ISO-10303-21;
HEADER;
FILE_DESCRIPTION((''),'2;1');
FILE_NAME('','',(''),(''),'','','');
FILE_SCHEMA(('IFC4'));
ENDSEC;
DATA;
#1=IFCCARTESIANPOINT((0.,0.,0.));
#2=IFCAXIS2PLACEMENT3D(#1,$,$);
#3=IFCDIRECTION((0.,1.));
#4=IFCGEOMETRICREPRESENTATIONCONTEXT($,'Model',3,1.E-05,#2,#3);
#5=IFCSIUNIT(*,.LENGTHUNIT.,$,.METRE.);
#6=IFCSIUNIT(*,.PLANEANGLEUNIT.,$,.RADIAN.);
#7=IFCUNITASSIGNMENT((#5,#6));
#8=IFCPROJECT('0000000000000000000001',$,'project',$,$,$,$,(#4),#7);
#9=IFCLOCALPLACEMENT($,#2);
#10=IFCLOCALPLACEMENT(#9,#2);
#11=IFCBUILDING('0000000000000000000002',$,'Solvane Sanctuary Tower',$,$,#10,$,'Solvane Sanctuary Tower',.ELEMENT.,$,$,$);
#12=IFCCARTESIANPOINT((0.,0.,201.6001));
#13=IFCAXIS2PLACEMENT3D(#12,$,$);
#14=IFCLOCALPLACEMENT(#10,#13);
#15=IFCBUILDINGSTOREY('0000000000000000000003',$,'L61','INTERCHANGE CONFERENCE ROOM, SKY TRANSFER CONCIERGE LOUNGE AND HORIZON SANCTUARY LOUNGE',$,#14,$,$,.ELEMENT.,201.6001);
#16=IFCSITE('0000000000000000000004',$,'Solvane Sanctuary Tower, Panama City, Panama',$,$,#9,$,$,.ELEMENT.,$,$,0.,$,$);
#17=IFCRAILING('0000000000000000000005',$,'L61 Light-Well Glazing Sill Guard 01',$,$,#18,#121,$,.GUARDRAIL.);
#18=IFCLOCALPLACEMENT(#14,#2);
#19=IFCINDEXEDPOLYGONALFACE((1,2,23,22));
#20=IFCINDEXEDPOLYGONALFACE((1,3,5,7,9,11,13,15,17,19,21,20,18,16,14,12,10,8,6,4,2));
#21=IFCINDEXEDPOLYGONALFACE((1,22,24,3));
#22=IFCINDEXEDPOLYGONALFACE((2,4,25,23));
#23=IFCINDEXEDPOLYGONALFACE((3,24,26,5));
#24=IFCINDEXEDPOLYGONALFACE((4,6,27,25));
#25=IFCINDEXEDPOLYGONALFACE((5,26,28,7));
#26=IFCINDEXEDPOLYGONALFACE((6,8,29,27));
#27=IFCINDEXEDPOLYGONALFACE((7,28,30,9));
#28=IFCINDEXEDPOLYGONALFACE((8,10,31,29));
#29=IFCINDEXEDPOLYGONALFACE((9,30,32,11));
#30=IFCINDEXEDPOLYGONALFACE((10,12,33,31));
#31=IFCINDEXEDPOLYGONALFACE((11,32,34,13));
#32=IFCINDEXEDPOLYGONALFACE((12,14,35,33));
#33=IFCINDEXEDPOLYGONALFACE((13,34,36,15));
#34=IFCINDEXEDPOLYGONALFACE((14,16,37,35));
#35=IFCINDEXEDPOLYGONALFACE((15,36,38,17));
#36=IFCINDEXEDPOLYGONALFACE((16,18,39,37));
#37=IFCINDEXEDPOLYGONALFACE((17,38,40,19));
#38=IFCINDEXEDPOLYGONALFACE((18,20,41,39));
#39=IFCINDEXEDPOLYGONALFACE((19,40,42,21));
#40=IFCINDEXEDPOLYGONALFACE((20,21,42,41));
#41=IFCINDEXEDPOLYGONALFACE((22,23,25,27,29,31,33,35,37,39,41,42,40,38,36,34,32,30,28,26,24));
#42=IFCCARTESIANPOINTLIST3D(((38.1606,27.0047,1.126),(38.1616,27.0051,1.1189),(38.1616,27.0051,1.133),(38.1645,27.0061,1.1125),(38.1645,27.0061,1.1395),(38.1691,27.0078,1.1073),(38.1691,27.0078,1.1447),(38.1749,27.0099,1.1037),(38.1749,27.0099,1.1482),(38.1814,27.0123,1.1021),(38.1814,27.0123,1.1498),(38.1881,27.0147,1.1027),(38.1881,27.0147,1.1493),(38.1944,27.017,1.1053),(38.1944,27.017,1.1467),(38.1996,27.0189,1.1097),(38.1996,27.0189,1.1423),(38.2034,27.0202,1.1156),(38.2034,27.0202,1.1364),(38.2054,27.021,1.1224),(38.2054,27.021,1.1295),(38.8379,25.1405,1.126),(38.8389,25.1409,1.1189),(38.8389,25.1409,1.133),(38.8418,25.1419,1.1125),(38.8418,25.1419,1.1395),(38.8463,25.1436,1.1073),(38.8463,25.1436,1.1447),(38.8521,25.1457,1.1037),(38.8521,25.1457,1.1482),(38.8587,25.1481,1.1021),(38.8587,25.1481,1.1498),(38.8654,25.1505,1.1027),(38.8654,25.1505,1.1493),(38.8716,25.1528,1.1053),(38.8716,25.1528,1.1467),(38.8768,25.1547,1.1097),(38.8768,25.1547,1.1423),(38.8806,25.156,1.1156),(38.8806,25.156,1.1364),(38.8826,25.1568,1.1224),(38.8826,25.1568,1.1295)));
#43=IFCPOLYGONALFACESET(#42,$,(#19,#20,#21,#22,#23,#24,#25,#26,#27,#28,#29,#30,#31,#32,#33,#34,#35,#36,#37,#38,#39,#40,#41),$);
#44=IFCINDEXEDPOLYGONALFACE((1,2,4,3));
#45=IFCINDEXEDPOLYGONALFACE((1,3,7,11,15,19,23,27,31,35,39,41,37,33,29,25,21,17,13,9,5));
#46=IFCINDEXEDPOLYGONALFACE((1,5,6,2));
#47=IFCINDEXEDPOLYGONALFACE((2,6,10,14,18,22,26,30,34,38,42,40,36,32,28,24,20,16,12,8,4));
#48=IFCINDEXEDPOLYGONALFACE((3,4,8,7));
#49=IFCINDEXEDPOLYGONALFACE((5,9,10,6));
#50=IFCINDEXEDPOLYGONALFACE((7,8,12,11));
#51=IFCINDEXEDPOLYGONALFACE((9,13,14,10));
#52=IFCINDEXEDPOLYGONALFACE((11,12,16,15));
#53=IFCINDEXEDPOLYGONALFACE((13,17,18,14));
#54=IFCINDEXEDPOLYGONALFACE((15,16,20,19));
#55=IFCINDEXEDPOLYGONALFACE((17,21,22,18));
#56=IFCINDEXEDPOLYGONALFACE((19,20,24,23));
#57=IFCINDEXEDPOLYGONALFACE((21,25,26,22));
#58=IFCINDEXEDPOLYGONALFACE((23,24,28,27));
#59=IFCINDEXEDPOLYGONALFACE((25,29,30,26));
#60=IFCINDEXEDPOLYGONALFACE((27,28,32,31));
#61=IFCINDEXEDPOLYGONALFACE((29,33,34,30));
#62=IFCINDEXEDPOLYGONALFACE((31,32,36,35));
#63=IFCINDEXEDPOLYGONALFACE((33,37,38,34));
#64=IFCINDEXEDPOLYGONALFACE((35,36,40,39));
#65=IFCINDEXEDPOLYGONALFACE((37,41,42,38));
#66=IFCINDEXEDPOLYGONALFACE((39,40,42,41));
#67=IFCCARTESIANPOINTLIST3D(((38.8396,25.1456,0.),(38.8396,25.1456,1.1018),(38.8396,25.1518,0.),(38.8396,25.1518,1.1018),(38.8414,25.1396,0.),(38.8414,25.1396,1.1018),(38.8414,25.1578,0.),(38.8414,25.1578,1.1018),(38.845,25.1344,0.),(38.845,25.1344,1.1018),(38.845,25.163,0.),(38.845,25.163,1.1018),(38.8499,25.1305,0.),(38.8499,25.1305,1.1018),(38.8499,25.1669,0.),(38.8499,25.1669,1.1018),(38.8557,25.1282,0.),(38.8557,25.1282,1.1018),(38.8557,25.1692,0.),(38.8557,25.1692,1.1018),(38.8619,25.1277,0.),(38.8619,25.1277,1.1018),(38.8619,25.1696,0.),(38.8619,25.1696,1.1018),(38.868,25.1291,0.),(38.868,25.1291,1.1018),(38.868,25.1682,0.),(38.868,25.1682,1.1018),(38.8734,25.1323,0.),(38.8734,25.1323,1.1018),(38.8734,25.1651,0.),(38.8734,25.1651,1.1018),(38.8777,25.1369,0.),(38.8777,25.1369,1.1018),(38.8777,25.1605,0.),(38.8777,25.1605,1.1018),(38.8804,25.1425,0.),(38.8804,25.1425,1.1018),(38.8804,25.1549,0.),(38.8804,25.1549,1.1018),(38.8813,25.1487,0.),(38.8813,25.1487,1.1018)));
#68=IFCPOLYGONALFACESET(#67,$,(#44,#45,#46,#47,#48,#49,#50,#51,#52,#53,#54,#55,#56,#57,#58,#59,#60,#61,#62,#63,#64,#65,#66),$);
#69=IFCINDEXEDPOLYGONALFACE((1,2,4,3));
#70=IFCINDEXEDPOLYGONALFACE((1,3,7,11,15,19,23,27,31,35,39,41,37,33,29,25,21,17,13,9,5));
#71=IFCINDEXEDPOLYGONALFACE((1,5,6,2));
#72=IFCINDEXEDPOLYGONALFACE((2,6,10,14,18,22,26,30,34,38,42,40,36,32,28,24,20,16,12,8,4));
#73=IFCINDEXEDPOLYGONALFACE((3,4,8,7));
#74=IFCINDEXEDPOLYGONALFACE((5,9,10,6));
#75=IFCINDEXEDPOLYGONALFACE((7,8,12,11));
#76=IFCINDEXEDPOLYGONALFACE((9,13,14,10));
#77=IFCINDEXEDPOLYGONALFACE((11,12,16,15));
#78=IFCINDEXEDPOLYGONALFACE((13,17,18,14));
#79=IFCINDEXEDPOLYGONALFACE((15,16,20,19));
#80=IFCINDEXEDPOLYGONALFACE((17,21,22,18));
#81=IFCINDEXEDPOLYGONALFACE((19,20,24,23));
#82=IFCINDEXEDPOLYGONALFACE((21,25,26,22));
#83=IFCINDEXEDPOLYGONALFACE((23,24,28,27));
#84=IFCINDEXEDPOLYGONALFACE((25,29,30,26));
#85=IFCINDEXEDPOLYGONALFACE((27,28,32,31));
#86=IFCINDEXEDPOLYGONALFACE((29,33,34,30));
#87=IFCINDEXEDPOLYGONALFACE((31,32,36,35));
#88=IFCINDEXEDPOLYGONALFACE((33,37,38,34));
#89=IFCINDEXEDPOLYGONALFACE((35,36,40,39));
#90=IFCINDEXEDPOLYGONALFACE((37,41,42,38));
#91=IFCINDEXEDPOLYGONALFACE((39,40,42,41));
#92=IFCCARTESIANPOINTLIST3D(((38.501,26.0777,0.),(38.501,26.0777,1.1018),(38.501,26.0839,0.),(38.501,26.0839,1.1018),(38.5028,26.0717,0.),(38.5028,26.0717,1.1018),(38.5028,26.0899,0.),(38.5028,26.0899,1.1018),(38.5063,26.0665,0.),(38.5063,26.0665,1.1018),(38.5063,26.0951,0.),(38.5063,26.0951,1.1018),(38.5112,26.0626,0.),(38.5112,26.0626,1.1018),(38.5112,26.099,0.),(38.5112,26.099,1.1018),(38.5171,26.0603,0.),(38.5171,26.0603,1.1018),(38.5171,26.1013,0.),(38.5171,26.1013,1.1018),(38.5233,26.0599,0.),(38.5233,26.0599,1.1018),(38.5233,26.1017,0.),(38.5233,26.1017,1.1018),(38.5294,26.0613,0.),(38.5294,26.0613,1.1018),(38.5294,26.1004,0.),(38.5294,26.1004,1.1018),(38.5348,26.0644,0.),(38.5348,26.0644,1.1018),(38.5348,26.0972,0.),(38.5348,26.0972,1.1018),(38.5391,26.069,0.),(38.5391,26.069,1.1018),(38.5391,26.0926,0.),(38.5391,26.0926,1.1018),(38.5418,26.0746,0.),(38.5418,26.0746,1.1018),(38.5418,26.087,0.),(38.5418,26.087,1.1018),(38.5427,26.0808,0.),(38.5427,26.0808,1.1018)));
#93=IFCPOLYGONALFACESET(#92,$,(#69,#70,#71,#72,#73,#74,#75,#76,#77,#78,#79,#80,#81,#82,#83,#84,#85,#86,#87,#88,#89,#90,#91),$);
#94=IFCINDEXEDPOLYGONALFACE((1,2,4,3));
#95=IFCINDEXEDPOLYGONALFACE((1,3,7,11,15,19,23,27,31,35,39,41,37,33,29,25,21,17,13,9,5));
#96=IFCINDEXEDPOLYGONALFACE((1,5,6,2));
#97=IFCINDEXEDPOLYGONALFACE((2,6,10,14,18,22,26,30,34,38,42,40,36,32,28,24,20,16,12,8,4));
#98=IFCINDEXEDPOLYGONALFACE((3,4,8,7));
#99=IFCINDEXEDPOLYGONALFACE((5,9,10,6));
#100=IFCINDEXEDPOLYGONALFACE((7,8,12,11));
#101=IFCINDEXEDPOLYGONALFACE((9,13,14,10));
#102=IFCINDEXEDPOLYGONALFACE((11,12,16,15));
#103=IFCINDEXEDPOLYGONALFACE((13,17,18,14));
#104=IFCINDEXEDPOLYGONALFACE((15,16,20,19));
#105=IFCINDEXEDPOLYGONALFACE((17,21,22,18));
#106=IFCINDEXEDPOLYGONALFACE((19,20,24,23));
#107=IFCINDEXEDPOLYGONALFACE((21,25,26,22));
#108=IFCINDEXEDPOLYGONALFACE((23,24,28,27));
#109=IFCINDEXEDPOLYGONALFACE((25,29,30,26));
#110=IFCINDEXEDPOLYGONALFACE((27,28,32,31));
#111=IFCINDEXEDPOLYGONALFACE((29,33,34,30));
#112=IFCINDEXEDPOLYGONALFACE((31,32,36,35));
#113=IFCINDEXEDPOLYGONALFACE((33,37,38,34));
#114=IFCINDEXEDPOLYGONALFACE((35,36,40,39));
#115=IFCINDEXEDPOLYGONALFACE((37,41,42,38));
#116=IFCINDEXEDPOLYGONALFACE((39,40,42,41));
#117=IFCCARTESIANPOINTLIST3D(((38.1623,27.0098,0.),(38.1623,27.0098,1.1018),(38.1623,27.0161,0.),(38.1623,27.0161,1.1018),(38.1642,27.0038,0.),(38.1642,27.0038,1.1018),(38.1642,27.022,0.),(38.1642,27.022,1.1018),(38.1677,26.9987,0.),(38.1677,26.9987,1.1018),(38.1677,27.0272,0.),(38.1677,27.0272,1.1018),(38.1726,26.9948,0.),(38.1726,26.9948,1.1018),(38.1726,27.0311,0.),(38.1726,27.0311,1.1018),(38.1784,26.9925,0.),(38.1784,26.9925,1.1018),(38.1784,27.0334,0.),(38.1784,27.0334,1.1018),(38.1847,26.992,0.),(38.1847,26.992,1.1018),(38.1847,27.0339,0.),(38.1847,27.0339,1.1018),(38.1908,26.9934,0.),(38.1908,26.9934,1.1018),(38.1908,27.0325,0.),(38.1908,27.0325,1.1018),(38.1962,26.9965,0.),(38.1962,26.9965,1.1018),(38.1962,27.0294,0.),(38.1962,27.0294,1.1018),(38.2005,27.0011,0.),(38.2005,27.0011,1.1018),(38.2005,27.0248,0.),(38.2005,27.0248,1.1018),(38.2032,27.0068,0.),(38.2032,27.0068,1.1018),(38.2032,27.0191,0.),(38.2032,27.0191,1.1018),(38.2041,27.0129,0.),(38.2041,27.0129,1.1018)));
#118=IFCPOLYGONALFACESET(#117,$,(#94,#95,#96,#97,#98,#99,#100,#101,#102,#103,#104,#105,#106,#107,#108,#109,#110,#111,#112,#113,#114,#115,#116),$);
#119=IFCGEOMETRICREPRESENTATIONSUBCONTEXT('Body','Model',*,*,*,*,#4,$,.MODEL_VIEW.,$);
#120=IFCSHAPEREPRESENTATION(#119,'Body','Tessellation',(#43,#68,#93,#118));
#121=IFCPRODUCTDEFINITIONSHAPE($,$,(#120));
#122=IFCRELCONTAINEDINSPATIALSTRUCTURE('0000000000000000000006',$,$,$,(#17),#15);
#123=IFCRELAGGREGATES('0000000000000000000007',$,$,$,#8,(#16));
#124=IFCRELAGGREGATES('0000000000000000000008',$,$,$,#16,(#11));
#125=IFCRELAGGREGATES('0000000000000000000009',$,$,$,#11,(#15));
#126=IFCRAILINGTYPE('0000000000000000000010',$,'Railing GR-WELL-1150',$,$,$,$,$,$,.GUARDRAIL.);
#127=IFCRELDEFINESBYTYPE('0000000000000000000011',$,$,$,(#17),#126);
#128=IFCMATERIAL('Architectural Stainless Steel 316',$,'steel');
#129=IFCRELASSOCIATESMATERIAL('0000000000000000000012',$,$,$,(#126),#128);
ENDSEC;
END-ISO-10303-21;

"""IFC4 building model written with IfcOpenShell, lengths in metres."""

from ifc_helpers import new_model, si_unit, direction, frame, origin, origin_2d, place, context, subcontext, project, spatial, circle, extrude, material, type_object, element, save


model = new_model("IFC4")

# Units and contexts
model_context = context("Model", 3, precision=1e-05, world=origin(), true_north=direction((0.0, 1.0)))
body_context = subcontext(model_context, "Body", "Model", "MODEL_VIEW")
ifc_project = project(units=[si_unit("LENGTHUNIT", "METRE"), si_unit("PLANEANGLEUNIT", "RADIAN")], contexts=[model_context])

# Site, building, storey
site_placement = place(None, origin())
site = spatial("IfcSite", under=ifc_project, at=site_placement, Name="Solvane Sanctuary Tower, Panama City, Panama", CompositionType="ELEMENT", RefElevation=0.0)
building_placement = place(site_placement, origin())
building = spatial("IfcBuilding", under=site, at=building_placement, Name="Solvane Sanctuary Tower", LongName="Solvane Sanctuary Tower", CompositionType="ELEMENT")
storey_placement = place(building_placement, frame((0.0, 0.0, 201.6001)))
storey = spatial("IfcBuildingStorey", under=building, at=storey_placement, Name="L61", Description="INTERCHANGE CONFERENCE ROOM, SKY TRANSFER CONCIERGE LOUNGE AND HORIZON SANCTUARY LOUNGE", CompositionType="ELEMENT", Elevation=201.6001)

# Shared definitions
ifc_material_1 = material(Name="Architectural Stainless Steel 316", Category="steel")

# Railing
railing_type_1 = type_object("IfcRailingType", Name="Railing GR-WELL-1150", PredefinedType="GUARDRAIL", material=ifc_material_1)
railing_1_placement = place(storey_placement, frame((38.8604, 25.1487, 0.0)))
element("IfcRailing", 1, at=railing_1_placement, inside=storey, type_object=railing_type_1, Name="L61 Light-Well Glazing Sill Guard 01", PredefinedType="GUARDRAIL", context=body_context, shape_type="SweptSolid", body=[
    extrude(circle(Radius=0.0239, at=origin_2d()), frame((0.0, 0.0, 1.126), z_axis=(-0.341447, 0.939901, 0.0), x_axis=(-0.939901, -0.341447, 0.0)), (0.0, 0.0, 1.0), 1.9834),
    extrude(circle(Radius=0.021, at=origin_2d()), origin(), (0.0, 0.0, 1.0), 1.1018),
    extrude(circle(Radius=0.021, at=origin_2d()), frame((-0.3386, 0.9321, 0.0)), (0.0, 0.0, 1.0), 1.1018),
    extrude(circle(Radius=0.021, at=origin_2d()), frame((-0.6772, 1.8643, 0.0)), (0.0, 0.0, 1.0), 1.1018),
])

save(model, "model.ifc")
